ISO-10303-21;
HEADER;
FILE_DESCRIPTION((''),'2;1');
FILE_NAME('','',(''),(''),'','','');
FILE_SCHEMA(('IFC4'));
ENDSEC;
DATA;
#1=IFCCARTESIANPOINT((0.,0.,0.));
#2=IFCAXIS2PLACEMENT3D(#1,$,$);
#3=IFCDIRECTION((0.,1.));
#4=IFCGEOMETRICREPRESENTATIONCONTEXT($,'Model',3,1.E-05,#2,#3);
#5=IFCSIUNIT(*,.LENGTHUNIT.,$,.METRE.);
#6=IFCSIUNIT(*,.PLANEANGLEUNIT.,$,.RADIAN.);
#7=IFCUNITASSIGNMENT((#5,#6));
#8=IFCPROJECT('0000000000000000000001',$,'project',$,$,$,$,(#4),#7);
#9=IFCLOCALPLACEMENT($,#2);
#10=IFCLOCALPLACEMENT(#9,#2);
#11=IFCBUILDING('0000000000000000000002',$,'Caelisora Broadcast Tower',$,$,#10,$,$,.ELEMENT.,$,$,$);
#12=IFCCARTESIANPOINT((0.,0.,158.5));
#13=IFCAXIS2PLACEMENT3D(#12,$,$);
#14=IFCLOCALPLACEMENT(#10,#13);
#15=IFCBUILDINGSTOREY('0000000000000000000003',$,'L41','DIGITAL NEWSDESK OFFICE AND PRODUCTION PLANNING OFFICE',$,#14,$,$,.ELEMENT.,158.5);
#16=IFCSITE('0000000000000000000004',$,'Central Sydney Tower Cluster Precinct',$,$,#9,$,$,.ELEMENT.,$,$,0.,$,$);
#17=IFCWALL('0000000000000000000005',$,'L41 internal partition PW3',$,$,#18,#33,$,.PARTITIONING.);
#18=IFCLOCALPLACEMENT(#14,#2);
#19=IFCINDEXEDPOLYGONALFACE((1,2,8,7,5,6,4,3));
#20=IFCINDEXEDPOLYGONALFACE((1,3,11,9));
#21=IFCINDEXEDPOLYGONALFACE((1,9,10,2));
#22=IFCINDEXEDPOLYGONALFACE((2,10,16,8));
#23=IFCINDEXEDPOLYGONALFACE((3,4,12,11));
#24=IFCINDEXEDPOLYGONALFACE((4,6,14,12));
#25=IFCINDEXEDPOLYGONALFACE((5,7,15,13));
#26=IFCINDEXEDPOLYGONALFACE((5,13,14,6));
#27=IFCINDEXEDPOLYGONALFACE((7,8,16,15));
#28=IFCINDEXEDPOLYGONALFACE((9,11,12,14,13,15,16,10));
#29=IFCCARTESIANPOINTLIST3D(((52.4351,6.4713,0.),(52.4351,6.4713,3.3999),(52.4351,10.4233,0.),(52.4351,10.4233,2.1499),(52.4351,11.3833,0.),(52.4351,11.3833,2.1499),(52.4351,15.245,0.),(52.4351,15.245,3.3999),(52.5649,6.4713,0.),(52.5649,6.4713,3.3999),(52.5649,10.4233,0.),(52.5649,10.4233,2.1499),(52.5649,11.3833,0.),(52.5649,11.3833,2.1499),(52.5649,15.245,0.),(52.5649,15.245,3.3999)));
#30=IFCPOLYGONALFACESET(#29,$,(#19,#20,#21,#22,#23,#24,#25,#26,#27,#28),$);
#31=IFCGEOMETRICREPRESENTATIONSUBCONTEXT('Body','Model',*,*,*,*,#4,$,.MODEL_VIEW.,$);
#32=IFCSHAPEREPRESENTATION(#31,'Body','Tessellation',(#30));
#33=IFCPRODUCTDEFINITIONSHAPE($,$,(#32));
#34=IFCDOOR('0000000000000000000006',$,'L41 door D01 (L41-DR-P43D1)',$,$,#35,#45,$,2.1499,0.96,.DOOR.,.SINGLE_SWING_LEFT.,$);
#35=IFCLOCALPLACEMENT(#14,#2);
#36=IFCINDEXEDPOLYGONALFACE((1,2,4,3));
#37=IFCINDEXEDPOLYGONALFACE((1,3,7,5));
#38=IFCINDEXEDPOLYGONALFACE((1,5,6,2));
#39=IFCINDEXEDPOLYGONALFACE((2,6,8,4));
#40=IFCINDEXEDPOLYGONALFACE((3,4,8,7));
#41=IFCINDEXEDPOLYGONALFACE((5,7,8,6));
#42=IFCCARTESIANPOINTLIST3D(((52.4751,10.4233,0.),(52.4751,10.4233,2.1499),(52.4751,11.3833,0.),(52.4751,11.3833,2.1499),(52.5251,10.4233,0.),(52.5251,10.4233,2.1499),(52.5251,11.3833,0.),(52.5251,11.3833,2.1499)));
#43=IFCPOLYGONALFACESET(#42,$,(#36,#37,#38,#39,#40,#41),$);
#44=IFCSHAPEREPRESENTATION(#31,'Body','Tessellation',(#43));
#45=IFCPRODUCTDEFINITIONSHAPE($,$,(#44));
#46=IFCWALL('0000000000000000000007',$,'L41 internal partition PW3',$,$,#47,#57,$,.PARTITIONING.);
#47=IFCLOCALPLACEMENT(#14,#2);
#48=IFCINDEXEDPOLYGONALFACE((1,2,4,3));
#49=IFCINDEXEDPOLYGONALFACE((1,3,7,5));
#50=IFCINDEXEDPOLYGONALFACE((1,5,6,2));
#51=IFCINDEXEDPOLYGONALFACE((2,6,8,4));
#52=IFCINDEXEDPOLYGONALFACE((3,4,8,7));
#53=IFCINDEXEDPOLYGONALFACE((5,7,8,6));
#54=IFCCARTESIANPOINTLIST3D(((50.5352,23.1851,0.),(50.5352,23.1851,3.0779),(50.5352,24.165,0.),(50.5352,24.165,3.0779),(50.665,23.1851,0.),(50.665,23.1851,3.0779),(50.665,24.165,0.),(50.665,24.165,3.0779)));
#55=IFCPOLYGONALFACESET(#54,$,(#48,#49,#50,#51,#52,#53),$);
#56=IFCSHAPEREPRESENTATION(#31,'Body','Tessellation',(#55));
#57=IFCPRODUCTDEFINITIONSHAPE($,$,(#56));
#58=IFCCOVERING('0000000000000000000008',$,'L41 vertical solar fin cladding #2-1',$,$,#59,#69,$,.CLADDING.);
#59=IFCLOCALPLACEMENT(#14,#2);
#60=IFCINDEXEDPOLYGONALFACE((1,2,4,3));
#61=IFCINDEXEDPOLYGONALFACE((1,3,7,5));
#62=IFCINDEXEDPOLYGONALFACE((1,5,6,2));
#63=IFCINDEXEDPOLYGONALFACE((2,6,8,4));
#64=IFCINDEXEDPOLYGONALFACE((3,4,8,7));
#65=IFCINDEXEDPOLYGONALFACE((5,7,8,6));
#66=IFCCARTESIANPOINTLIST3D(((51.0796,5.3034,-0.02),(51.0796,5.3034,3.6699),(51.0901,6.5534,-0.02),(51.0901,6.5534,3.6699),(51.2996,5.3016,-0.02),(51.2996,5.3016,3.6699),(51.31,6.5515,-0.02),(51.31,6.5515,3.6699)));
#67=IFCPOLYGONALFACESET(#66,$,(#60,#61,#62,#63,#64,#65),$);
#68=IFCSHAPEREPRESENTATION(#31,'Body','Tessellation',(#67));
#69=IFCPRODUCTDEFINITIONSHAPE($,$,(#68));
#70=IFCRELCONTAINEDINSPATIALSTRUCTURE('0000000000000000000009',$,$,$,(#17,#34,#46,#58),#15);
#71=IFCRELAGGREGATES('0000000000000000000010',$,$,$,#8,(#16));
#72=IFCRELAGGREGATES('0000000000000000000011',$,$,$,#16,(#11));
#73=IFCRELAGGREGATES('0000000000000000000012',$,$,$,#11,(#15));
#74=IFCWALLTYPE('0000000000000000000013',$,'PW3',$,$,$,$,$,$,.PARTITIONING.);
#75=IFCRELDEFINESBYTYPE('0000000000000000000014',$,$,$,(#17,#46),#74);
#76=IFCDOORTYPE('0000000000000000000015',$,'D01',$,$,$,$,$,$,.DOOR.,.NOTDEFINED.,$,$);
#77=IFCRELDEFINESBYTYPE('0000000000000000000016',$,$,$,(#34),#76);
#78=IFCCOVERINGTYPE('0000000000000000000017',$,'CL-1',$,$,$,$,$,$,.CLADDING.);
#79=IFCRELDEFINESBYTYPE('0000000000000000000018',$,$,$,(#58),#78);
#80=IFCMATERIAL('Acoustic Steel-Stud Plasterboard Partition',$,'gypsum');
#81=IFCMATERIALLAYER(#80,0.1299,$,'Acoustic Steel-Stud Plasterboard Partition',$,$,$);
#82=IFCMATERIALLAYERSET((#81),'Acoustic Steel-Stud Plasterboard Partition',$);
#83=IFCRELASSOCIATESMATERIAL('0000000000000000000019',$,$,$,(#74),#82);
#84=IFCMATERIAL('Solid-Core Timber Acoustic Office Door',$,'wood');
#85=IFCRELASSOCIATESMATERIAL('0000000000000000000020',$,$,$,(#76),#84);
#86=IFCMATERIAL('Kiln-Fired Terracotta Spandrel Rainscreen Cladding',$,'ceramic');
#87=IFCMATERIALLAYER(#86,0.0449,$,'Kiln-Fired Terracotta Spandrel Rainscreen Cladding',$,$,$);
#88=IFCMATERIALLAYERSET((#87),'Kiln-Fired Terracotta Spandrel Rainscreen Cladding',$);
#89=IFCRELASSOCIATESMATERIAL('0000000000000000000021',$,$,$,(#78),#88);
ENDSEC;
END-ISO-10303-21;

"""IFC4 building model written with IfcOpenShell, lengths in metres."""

from ifc_helpers import new_model, si_unit, direction, frame, frame_2d, origin, origin_2d, place, context, subcontext, project, spatial, rectangle, extrude, source, transform, mapped, material, layer, layer_set, type_object, type_shapes, element, fill, save


model = new_model("IFC4")

# Units and contexts
model_context = context("Model", 3, precision=1e-05, world=origin(), true_north=direction((0.0, 1.0)))
body_context = subcontext(model_context, "Body", "Model", "MODEL_VIEW")
ifc_project = project(units=[si_unit("LENGTHUNIT", "METRE"), si_unit("PLANEANGLEUNIT", "RADIAN")], contexts=[model_context])

# Site, building, storey
site_placement = place(None, origin())
site = spatial("IfcSite", under=ifc_project, at=site_placement, Name="Central Sydney Tower Cluster Precinct", CompositionType="ELEMENT", RefElevation=0.0)
building_placement = place(site_placement, origin())
building = spatial("IfcBuilding", under=site, at=building_placement, Name="Caelisora Broadcast Tower", CompositionType="ELEMENT")
storey_placement = place(building_placement, frame((0.0, 0.0, 158.5)))
storey = spatial("IfcBuildingStorey", under=building, at=storey_placement, Name="L41", Description="DIGITAL NEWSDESK OFFICE AND PRODUCTION PLANNING OFFICE", CompositionType="ELEMENT", Elevation=158.5)

# Wall, opening, door
ifc_material_1 = material(Name="Acoustic Steel-Stud Plasterboard Partition", Category="gypsum")
ifc_layer_1 = layer(ifc_material_1, 0.1299, Name="Acoustic Steel-Stud Plasterboard Partition")
ifc_layer_set_1 = layer_set([ifc_layer_1], Name="Acoustic Steel-Stud Plasterboard Partition")
wall_type_1 = type_object("IfcWallType", Name="PW3", PredefinedType="PARTITIONING", material=ifc_layer_set_1)
wall_1_placement = place(storey_placement, frame((52.5, 6.4714, 0.0), z_axis=(0.0, 0.0, 1.0), x_axis=(0.0, 1.0, 0.0)))
wall_1 = element("IfcWall", 1, at=wall_1_placement, inside=storey, type_object=wall_type_1, Name="L41 internal partition PW3", PredefinedType="PARTITIONING", context=body_context, shape_type="SweptSolid", body=[
    extrude(rectangle(XDim=8.7737, YDim=0.1299, at=frame_2d((4.3867, 0.0))), origin(), (0.0, 0.0, 1.0), 3.3999),
])
opening_1_placement = place(wall_1_placement, frame((3.9519, 0.0, 0.0)))
opening_1 = element("IfcOpeningElement", 2, at=opening_1_placement, cuts=wall_1, PredefinedType="OPENING", context=body_context, shape_type="SweptSolid", body=[
    extrude(rectangle(XDim=0.96, YDim=2.1499, at=frame_2d((0.48, 1.075))), frame((0.0, 0.0769, 0.0), z_axis=(0.0, -1.0, 0.0), x_axis=(1.0, 0.0, 0.0)), (0.0, 0.0, 1.0), 0.1538),
])
ifc_material_2 = material(Name="Solid-Core Timber Acoustic Office Door", Category="wood")
door_type_1 = type_object("IfcDoorType", Name="D01", OperationType="NOTDEFINED", PredefinedType="DOOR", material=ifc_material_2)
door_1_placement = place(opening_1_placement, origin())
door_1 = element("IfcDoor", 3, at=door_1_placement, inside=storey, type_object=door_type_1, Name="L41 door D01 (L41-DR-P43D1)", OperationType="SINGLE_SWING_LEFT", OverallHeight=2.1499, OverallWidth=0.96, PredefinedType="DOOR", context=body_context, shape_type="SweptSolid", body=[
    extrude(rectangle(XDim=0.96, YDim=2.1499, at=frame_2d((0.48, 1.075))), frame((0.0, 0.0249, 0.0), z_axis=(0.0, -1.0, 0.0), x_axis=(1.0, 0.0, 0.0)), (0.0, 0.0, 1.0), 0.05),
])
fill(opening_1, door_1)

# Wall
wall_2_placement = place(storey_placement, frame((50.6001, 23.1851, 0.0), z_axis=(0.0, 0.0, 1.0), x_axis=(0.0, 1.0, 0.0)))
element("IfcWall", 4, at=wall_2_placement, inside=storey, type_object=wall_type_1, Name="L41 internal partition PW3", PredefinedType="PARTITIONING", context=body_context, shape_type="SweptSolid", body=[
    extrude(rectangle(XDim=0.98, YDim=0.1299, at=frame_2d((0.49, 0.0))), origin(), (0.0, 0.0, 1.0), 3.0779),
])

# Covering
ifc_material_3 = material(Name="Kiln-Fired Terracotta Spandrel Rainscreen Cladding", Category="ceramic")
ifc_layer_2 = layer(ifc_material_3, 0.0449, Name="Kiln-Fired Terracotta Spandrel Rainscreen Cladding")
ifc_layer_set_2 = layer_set([ifc_layer_2], Name="Kiln-Fired Terracotta Spandrel Rainscreen Cladding")
covering_type = type_object("IfcCoveringType", Name="CL-1", PredefinedType="CLADDING", material=ifc_layer_set_2)
shared_shape_1 = source(origin(), body_context, "Body", "SweptSolid", [
    extrude(rectangle(XDim=0.22, YDim=1.25, at=origin_2d()), origin(), (0.0, 0.0, 1.0), 3.6899),
])
type_shapes(covering_type, [shared_shape_1])
covering_placement = place(storey_placement, frame((51.1948, 5.9275, -0.02), z_axis=(0.0, 0.0, 1.0), x_axis=(-0.999965, 0.008377, 0.0)))
element("IfcCovering", 5, at=covering_placement, inside=storey, type_object=covering_type, Name="L41 vertical solar fin cladding #2-1", PredefinedType="CLADDING", context=body_context, shape_type="MappedRepresentation", body=[
    mapped(shared_shape_1, transform((0.0, 0.0, 0.0), scale=1.0)),
])

save(model, "model.ifc")
